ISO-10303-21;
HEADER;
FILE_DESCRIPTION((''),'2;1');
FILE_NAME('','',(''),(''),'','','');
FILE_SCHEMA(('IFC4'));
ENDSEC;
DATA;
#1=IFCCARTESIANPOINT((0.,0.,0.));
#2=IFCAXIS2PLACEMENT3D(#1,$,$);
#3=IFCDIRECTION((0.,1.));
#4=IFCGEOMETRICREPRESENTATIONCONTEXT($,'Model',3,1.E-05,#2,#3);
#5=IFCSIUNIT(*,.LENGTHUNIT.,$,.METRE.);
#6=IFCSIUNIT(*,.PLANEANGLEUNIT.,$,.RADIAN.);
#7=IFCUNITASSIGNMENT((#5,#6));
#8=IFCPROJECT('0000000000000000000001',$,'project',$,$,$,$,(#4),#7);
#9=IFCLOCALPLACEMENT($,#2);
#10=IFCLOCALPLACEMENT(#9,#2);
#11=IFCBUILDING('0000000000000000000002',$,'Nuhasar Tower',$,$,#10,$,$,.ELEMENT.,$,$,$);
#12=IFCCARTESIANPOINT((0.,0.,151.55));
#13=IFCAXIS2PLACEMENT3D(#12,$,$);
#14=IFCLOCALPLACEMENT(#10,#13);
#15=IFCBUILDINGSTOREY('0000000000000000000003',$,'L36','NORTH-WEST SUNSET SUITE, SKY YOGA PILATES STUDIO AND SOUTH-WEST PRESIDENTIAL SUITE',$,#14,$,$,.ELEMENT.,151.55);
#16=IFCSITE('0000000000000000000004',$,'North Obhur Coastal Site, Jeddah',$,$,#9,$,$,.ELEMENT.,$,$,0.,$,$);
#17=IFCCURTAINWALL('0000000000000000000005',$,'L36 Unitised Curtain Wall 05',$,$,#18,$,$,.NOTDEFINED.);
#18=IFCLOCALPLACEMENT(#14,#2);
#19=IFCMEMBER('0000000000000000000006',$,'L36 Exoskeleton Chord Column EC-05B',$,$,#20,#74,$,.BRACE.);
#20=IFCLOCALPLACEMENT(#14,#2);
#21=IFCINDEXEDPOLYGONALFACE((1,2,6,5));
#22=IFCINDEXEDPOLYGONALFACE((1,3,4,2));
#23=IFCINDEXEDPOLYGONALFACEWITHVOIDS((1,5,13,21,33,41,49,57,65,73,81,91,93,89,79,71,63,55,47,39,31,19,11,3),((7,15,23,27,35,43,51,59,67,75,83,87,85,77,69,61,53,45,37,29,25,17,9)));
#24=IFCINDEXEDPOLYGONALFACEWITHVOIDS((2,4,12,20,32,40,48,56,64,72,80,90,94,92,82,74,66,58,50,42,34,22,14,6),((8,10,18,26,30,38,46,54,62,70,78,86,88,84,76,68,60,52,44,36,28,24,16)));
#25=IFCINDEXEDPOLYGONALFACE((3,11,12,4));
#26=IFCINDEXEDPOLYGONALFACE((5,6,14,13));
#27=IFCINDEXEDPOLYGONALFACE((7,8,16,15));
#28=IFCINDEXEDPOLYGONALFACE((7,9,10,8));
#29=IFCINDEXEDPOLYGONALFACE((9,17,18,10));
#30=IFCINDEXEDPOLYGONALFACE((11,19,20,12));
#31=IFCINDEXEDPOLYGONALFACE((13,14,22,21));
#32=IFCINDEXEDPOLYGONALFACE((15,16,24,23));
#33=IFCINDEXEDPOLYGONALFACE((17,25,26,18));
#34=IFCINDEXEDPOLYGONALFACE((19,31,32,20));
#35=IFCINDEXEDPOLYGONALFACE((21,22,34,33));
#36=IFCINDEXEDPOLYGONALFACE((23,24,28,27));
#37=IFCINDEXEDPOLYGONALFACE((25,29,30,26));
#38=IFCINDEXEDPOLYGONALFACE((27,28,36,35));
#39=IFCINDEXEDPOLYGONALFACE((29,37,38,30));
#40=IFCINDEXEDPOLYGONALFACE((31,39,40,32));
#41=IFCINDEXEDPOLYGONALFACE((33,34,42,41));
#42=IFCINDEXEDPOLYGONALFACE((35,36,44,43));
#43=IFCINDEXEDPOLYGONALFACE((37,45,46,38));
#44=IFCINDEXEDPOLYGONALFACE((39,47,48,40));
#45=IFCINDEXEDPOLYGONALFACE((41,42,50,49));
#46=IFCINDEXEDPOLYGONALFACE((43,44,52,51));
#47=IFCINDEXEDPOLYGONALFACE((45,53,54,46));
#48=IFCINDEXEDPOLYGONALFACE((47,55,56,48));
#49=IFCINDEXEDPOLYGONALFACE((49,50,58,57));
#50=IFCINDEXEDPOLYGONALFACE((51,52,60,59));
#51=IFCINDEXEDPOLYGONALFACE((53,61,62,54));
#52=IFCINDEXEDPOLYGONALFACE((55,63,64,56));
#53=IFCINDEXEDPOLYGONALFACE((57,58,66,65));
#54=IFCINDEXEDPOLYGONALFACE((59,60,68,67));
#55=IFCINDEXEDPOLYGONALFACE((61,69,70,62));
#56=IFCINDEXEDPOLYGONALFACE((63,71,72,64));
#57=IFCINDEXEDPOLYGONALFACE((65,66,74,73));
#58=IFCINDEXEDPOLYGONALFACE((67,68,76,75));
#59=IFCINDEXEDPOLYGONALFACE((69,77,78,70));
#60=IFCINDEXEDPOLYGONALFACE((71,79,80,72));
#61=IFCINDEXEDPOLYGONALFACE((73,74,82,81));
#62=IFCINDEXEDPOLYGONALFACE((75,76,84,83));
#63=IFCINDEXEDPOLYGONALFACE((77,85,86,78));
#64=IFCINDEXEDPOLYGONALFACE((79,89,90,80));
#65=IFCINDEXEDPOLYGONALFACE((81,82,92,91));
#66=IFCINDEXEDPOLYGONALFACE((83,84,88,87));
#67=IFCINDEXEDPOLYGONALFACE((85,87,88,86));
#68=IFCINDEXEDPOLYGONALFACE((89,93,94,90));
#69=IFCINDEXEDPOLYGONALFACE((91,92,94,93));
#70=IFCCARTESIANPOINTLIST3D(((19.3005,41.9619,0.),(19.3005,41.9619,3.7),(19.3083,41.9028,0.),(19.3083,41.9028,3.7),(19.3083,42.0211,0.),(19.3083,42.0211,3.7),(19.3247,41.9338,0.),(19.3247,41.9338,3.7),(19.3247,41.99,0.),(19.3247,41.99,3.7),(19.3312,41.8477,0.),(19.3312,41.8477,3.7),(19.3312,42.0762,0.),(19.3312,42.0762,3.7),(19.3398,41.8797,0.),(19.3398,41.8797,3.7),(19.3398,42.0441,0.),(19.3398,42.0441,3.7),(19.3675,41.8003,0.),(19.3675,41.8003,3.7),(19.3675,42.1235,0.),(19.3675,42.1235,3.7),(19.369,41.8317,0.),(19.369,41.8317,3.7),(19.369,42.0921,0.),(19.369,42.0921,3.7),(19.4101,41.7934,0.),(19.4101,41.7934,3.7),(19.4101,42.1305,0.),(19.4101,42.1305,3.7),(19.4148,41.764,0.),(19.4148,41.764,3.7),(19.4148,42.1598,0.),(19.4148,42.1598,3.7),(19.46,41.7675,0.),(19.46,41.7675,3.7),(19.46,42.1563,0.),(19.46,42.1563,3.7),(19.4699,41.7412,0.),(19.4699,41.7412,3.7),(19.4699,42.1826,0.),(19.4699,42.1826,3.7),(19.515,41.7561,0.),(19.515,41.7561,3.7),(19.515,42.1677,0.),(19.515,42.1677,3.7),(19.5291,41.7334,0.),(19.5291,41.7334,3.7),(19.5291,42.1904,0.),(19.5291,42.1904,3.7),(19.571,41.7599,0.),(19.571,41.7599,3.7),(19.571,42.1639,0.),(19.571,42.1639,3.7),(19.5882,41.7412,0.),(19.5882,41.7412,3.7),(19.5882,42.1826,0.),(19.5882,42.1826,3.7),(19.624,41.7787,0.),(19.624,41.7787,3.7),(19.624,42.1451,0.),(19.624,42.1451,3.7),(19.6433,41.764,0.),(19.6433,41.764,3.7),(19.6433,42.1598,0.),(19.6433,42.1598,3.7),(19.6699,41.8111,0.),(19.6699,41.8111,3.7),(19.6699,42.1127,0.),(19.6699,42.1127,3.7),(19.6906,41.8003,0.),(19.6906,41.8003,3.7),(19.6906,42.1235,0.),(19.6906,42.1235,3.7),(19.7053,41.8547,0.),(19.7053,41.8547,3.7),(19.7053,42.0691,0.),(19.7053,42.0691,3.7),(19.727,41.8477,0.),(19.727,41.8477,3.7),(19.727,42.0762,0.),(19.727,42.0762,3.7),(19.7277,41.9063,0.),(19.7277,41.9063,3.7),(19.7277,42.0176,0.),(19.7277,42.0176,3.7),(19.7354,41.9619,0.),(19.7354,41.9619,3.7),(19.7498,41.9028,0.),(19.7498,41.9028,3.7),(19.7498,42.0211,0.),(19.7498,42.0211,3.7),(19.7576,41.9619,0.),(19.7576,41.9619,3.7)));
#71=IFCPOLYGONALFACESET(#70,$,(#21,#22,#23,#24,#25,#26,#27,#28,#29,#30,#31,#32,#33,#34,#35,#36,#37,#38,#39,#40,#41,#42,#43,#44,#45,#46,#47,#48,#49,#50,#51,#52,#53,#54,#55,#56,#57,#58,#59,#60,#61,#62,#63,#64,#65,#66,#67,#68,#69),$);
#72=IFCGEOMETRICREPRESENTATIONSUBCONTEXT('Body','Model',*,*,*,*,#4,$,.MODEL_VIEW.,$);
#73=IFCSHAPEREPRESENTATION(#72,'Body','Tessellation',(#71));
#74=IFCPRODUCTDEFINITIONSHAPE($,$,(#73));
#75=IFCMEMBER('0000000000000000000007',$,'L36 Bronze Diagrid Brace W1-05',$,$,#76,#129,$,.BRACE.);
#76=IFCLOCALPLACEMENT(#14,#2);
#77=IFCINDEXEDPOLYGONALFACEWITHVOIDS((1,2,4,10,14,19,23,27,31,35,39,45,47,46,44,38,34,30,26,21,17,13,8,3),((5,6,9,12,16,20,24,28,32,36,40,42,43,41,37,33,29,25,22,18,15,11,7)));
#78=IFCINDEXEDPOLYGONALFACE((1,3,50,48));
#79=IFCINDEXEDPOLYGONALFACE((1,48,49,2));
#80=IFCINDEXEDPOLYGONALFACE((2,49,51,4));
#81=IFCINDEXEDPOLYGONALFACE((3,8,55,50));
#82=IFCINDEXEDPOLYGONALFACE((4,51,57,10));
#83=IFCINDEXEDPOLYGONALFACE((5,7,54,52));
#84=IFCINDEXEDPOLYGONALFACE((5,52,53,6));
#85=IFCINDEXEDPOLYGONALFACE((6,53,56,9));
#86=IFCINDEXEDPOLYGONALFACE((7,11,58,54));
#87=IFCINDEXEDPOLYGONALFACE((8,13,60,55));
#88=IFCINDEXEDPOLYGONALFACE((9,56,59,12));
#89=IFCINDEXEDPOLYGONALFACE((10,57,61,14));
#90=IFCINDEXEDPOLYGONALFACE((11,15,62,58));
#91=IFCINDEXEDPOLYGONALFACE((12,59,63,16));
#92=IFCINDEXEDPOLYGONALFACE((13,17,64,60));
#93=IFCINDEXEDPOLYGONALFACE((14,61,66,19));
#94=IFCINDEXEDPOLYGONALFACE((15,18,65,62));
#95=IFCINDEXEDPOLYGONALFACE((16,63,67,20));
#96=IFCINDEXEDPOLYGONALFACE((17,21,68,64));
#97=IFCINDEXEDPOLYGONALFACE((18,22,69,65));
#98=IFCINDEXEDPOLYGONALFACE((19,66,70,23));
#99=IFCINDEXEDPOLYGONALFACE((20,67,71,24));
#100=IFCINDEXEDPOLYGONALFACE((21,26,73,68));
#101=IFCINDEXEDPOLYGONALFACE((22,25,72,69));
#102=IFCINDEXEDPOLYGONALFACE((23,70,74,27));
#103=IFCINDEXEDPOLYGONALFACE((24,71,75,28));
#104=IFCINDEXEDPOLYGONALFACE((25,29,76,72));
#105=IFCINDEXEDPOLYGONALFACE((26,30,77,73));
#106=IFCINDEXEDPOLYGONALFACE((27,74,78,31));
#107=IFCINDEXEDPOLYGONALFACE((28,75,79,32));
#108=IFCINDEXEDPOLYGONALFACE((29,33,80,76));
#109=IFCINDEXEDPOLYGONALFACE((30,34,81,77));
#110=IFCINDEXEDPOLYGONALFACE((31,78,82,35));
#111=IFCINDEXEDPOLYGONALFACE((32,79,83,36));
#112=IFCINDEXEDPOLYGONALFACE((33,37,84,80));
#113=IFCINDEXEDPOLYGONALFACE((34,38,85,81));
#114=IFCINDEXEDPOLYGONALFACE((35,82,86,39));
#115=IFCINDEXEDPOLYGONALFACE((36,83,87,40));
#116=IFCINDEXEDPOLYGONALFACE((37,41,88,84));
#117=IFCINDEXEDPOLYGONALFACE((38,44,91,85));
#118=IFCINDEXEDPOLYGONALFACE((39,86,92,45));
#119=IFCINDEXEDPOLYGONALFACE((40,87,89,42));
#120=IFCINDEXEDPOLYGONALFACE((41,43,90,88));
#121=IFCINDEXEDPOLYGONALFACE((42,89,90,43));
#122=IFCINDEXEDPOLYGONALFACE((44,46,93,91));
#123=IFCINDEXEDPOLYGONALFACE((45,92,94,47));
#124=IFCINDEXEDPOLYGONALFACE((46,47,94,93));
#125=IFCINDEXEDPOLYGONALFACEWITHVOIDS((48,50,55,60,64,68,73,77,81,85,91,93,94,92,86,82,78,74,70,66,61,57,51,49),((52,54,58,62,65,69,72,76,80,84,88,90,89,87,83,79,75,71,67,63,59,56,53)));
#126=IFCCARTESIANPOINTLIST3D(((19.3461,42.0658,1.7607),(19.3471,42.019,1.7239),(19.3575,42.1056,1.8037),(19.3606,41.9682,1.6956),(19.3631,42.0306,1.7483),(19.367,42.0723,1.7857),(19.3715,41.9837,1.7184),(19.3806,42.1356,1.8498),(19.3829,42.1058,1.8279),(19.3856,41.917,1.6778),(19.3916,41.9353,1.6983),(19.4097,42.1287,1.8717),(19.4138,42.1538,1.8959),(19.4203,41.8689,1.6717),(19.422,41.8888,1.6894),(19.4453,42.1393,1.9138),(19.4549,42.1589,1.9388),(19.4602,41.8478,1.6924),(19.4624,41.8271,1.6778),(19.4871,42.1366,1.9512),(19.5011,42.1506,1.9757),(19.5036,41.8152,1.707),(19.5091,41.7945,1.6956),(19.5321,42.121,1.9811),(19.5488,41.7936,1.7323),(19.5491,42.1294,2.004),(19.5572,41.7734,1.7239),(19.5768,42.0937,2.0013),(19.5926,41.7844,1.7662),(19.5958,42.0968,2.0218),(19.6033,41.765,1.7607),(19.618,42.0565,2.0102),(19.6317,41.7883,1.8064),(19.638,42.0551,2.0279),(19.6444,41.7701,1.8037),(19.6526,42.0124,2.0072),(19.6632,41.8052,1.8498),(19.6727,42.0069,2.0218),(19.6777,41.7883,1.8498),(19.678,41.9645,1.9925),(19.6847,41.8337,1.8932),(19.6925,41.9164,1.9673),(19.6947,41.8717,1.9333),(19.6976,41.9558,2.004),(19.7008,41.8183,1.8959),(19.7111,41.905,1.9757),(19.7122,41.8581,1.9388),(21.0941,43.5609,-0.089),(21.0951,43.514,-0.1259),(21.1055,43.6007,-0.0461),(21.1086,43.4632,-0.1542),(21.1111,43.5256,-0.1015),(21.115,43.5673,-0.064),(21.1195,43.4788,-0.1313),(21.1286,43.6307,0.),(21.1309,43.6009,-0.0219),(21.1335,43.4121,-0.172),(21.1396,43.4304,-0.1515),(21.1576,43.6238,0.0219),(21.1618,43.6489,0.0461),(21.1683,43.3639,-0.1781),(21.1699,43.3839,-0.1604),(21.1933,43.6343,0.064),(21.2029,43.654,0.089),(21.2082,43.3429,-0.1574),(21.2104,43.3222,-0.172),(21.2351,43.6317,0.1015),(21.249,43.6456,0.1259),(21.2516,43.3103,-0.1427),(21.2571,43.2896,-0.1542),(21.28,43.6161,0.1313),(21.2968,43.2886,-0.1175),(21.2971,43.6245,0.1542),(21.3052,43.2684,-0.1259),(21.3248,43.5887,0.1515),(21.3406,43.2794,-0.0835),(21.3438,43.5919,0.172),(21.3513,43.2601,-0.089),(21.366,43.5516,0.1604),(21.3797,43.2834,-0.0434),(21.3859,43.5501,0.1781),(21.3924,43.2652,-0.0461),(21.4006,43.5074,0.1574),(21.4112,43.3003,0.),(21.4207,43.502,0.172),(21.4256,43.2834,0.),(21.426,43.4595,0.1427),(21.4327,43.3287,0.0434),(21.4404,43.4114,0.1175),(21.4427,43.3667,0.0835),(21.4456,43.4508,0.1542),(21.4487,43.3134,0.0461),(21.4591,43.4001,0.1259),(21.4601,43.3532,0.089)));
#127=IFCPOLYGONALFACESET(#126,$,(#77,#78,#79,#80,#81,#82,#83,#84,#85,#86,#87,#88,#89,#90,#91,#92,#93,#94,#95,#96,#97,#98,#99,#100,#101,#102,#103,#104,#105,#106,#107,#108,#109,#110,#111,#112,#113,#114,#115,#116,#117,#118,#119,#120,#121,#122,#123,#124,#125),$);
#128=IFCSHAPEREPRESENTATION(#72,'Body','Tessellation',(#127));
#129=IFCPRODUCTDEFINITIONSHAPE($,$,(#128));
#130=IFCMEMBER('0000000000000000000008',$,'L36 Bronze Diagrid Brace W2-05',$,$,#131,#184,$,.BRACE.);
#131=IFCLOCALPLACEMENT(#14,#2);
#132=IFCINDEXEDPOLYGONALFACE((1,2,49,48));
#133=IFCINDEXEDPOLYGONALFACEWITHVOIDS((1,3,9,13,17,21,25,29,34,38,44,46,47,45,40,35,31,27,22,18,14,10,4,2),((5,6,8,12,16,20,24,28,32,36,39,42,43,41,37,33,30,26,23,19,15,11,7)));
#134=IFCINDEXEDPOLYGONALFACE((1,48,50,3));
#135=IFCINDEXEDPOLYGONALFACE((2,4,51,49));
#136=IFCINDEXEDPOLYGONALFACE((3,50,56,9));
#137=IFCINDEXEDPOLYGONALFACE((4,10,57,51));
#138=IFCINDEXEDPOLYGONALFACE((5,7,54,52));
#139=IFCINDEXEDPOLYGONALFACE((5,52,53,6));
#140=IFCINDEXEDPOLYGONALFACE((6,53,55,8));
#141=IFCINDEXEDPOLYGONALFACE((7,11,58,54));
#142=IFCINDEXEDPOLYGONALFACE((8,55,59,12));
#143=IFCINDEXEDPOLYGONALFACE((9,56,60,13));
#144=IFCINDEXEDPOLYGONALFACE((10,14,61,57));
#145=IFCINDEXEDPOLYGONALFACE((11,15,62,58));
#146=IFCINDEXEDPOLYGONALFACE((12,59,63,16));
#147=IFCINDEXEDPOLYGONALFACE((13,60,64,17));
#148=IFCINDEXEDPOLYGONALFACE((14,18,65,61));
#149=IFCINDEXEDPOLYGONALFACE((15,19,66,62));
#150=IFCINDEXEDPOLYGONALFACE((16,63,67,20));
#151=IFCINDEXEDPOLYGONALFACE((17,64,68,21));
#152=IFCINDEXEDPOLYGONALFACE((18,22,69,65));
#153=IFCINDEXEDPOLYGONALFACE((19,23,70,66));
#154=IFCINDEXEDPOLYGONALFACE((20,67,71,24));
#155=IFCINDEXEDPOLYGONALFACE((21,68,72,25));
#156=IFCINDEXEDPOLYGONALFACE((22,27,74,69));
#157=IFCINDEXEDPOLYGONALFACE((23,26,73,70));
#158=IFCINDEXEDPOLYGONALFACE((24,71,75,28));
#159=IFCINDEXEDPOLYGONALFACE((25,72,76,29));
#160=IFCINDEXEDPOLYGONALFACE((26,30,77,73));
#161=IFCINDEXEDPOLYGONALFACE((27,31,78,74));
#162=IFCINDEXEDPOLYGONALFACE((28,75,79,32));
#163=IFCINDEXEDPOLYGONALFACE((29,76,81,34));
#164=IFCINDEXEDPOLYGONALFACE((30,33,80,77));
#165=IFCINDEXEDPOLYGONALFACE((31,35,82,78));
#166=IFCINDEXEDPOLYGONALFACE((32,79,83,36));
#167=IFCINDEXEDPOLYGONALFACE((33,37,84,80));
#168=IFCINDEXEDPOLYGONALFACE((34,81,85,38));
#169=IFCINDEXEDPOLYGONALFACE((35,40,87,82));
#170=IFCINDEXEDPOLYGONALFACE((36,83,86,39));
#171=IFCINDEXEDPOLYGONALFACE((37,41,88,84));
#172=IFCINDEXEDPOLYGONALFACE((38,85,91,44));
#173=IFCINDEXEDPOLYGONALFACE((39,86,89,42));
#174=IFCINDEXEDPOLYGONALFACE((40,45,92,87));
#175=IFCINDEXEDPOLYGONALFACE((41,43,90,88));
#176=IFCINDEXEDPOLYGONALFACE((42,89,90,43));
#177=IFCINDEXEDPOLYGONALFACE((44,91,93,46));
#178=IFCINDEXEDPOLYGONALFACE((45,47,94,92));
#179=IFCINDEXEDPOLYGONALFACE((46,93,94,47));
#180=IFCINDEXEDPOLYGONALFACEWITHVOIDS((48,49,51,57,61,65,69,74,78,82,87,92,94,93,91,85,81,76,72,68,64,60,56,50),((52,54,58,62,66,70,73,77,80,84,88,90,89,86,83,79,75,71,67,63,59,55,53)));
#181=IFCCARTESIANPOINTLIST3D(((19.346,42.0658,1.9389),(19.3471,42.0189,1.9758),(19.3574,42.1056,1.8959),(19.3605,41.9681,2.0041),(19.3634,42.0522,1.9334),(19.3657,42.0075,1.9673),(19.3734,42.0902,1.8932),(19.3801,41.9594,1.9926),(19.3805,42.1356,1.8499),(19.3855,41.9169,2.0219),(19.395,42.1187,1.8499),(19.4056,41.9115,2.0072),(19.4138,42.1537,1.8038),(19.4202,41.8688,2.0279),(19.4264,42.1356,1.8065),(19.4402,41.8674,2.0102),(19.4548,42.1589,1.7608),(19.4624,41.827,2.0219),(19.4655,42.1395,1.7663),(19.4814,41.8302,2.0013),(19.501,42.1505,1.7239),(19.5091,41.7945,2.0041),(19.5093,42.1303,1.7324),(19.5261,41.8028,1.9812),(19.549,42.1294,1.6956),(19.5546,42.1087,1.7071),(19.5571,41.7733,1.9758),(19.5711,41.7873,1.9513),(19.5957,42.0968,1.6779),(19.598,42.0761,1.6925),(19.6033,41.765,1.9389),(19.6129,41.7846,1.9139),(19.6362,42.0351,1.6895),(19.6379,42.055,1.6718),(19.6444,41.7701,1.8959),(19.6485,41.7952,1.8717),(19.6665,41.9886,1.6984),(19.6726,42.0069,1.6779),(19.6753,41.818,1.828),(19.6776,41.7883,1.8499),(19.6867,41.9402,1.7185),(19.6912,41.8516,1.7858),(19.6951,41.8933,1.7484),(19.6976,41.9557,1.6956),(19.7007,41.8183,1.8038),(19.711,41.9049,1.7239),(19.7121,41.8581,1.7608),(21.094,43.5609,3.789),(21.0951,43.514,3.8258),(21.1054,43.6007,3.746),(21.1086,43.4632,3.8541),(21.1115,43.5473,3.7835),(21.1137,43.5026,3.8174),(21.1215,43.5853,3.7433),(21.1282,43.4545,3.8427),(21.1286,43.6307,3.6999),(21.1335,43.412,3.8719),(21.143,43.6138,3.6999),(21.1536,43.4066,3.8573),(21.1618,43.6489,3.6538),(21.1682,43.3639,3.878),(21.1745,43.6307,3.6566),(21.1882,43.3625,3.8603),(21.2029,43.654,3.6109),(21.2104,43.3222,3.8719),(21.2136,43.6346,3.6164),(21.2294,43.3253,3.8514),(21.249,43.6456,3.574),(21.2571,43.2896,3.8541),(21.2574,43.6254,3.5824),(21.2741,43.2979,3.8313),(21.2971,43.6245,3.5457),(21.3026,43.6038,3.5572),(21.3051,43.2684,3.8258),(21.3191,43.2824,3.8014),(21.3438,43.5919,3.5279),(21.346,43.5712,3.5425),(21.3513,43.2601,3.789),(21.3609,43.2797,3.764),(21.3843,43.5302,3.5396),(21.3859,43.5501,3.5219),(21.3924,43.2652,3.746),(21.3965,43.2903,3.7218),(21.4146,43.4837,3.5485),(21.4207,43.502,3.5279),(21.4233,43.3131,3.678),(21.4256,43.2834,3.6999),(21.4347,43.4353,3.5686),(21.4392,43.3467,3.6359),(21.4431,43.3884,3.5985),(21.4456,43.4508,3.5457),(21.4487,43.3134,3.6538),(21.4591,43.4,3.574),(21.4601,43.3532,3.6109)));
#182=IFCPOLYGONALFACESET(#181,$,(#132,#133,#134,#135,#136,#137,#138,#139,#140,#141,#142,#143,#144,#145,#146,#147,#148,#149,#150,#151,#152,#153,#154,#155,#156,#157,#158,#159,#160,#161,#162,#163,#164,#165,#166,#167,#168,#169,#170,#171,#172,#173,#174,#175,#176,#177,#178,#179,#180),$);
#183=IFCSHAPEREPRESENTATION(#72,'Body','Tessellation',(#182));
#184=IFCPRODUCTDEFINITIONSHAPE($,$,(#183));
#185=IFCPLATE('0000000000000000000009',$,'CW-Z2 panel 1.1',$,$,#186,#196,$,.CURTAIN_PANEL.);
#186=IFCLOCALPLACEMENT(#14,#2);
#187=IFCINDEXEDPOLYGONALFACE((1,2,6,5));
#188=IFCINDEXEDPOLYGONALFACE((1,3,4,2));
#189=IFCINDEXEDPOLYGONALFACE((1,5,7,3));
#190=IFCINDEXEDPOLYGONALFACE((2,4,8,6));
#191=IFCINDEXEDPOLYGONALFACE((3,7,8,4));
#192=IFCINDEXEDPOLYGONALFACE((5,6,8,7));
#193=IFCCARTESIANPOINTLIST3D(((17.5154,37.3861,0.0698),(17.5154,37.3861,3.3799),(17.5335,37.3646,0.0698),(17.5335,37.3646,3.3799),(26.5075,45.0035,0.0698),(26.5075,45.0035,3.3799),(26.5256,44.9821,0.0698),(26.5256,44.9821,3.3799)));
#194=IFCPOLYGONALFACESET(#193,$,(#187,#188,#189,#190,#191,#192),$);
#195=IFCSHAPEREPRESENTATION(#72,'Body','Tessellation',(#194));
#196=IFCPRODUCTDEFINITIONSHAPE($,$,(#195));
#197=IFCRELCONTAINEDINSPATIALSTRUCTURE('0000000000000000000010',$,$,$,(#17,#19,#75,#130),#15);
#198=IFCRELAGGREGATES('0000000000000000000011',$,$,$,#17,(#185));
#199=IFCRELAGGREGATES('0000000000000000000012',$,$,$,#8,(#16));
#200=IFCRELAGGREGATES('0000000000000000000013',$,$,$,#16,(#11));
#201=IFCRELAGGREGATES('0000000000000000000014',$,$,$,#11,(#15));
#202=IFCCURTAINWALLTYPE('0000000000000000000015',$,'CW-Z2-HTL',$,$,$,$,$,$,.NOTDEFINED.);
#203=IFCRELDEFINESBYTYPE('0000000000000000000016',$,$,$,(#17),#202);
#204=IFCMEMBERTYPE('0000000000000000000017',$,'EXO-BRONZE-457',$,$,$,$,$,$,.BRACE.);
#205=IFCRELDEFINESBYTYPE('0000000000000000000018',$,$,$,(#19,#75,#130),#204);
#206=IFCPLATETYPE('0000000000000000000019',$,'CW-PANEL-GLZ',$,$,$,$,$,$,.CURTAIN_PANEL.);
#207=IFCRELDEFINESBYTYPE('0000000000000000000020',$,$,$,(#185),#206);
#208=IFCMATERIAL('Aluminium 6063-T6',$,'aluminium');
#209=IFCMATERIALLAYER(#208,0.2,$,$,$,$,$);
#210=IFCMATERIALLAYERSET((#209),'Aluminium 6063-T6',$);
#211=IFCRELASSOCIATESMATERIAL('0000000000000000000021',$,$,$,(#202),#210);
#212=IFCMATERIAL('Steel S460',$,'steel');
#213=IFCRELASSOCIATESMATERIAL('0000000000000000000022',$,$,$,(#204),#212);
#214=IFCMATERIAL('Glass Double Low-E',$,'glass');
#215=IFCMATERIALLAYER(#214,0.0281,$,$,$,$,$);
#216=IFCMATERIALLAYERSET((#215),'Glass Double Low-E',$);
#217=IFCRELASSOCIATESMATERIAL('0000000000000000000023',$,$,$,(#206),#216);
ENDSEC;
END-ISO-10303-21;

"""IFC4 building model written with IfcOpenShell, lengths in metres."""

from ifc_helpers import new_model, si_unit, direction, frame, origin, origin_2d, place, context, subcontext, project, spatial, rectangle, hollow_circle, extrude, material, layer, layer_set, material_profile, profile_set, type_object, element, aggregate, save


model = new_model("IFC4")

# Units and contexts
model_context = context("Model", 3, precision=1e-05, world=origin(), true_north=direction((0.0, 1.0)))
body_context = subcontext(model_context, "Body", "Model", "MODEL_VIEW")
ifc_project = project(units=[si_unit("LENGTHUNIT", "METRE"), si_unit("PLANEANGLEUNIT", "RADIAN")], contexts=[model_context])

# Site, building, storey
site_placement = place(None, origin())
site = spatial("IfcSite", under=ifc_project, at=site_placement, Name="North Obhur Coastal Site, Jeddah", CompositionType="ELEMENT", RefElevation=0.0)
building_placement = place(site_placement, origin())
building = spatial("IfcBuilding", under=site, at=building_placement, Name="Nuhasar Tower", CompositionType="ELEMENT")
storey_placement = place(building_placement, frame((0.0, 0.0, 151.55)))
storey = spatial("IfcBuildingStorey", under=building, at=storey_placement, Name="L36", Description="NORTH-WEST SUNSET SUITE, SKY YOGA PILATES STUDIO AND SOUTH-WEST PRESIDENTIAL SUITE", CompositionType="ELEMENT", Elevation=151.55)

# Shared definitions
ifc_material_1 = material(Name="Aluminium 6063-T6", Category="aluminium")
ifc_layer_1 = layer(ifc_material_1, 0.2)
ifc_layer_set_1 = layer_set([ifc_layer_1], Name="Aluminium 6063-T6")
curtain_wall_type = type_object("IfcCurtainWallType", Name="CW-Z2-HTL", PredefinedType="NOTDEFINED", material=ifc_layer_set_1)

# Curtain wall
curtain_wall_1_placement = place(storey_placement, origin())
curtain_wall_1 = element("IfcCurtainWall", 1, at=curtain_wall_1_placement, inside=storey, type_object=curtain_wall_type, Name="L36 Unitised Curtain Wall 05", PredefinedType="NOTDEFINED")

# Members
ifc_material_2 = material(Name="Steel S460", Category="steel")
ifc_material_profile_1 = material_profile(ifc_material_2, hollow_circle(Radius=0.2285, WallThickness=0.0222, at=origin_2d()), Name="HSS457X22.2")
ifc_profile_set_1 = profile_set([ifc_material_profile_1], Name="Steel S460")
member_type_1 = type_object("IfcMemberType", Name="EXO-BRONZE-457", PredefinedType="BRACE", material=ifc_profile_set_1)
for number, where, z_axis, x_axis, name in (
    (2, (19.5291, 41.9619, 0.0), (0.0, 0.0, 1.0), (1.0, 0.0, 0.0), "L36 Exoskeleton Chord Column EC-05B"),
):
    element("IfcMember", number, at=place(storey_placement, frame(where, z_axis=z_axis, x_axis=x_axis)), inside=storey, type_object=member_type_1, Name=name, PredefinedType="BRACE", context=body_context, shape_type="SweptSolid", body=[
        extrude(hollow_circle(Radius=0.2285, WallThickness=0.0222, at=origin_2d()), origin(), (0.0, 0.0, 1.0), 3.7),
    ])
member_1_placement = place(storey_placement, frame((21.2771, 43.457, 0.0), z_axis=(-0.592201, -0.506514, 0.626691), x_axis=(0.649987, -0.759945, 0.0)))
element("IfcMember", 3, at=member_1_placement, inside=storey, type_object=member_type_1, Name="L36 Bronze Diagrid Brace W1-05", PredefinedType="BRACE", context=body_context, shape_type="SweptSolid", body=[
    extrude(hollow_circle(Radius=0.2285, WallThickness=0.0222, at=origin_2d()), origin(), (0.0, 0.0, 1.0), 2.9517),
])
member_2_placement = place(storey_placement, frame((19.5291, 41.9619, 1.8499), z_axis=(0.59217, 0.506488, 0.626741), x_axis=(-0.649987, 0.759945, 0.0)))
element("IfcMember", 4, at=member_2_placement, inside=storey, type_object=member_type_1, Name="L36 Bronze Diagrid Brace W2-05", PredefinedType="BRACE", context=body_context, shape_type="SweptSolid", body=[
    extrude(hollow_circle(Radius=0.2285, WallThickness=0.0222, at=origin_2d()), origin(), (0.0, 0.0, 1.0), 2.9519),
])

# Plate
ifc_material_3 = material(Name="Glass Double Low-E", Category="glass")
ifc_layer_2 = layer(ifc_material_3, 0.0281)
ifc_layer_set_2 = layer_set([ifc_layer_2], Name="Glass Double Low-E")
plate_type = type_object("IfcPlateType", Name="CW-PANEL-GLZ", PredefinedType="CURTAIN_PANEL", material=ifc_layer_set_2)
plate_placement = place(storey_placement, frame((22.0205, 41.1841, 0.0698), z_axis=(0.0, 0.0, 1.0), x_axis=(-0.76302, -0.646374, 0.0)))
plate = element("IfcPlate", 5, at=plate_placement, type_object=plate_type, Name="CW-Z2 panel 1.1", PredefinedType="CURTAIN_PANEL", context=body_context, shape_type="SweptSolid", body=[
    extrude(rectangle(XDim=11.7849, YDim=0.0281, at=origin_2d()), origin(), (0.0, 0.0, 1.0), 3.3101),
])
aggregate(curtain_wall_1, [plate])

save(model, "model.ifc")
